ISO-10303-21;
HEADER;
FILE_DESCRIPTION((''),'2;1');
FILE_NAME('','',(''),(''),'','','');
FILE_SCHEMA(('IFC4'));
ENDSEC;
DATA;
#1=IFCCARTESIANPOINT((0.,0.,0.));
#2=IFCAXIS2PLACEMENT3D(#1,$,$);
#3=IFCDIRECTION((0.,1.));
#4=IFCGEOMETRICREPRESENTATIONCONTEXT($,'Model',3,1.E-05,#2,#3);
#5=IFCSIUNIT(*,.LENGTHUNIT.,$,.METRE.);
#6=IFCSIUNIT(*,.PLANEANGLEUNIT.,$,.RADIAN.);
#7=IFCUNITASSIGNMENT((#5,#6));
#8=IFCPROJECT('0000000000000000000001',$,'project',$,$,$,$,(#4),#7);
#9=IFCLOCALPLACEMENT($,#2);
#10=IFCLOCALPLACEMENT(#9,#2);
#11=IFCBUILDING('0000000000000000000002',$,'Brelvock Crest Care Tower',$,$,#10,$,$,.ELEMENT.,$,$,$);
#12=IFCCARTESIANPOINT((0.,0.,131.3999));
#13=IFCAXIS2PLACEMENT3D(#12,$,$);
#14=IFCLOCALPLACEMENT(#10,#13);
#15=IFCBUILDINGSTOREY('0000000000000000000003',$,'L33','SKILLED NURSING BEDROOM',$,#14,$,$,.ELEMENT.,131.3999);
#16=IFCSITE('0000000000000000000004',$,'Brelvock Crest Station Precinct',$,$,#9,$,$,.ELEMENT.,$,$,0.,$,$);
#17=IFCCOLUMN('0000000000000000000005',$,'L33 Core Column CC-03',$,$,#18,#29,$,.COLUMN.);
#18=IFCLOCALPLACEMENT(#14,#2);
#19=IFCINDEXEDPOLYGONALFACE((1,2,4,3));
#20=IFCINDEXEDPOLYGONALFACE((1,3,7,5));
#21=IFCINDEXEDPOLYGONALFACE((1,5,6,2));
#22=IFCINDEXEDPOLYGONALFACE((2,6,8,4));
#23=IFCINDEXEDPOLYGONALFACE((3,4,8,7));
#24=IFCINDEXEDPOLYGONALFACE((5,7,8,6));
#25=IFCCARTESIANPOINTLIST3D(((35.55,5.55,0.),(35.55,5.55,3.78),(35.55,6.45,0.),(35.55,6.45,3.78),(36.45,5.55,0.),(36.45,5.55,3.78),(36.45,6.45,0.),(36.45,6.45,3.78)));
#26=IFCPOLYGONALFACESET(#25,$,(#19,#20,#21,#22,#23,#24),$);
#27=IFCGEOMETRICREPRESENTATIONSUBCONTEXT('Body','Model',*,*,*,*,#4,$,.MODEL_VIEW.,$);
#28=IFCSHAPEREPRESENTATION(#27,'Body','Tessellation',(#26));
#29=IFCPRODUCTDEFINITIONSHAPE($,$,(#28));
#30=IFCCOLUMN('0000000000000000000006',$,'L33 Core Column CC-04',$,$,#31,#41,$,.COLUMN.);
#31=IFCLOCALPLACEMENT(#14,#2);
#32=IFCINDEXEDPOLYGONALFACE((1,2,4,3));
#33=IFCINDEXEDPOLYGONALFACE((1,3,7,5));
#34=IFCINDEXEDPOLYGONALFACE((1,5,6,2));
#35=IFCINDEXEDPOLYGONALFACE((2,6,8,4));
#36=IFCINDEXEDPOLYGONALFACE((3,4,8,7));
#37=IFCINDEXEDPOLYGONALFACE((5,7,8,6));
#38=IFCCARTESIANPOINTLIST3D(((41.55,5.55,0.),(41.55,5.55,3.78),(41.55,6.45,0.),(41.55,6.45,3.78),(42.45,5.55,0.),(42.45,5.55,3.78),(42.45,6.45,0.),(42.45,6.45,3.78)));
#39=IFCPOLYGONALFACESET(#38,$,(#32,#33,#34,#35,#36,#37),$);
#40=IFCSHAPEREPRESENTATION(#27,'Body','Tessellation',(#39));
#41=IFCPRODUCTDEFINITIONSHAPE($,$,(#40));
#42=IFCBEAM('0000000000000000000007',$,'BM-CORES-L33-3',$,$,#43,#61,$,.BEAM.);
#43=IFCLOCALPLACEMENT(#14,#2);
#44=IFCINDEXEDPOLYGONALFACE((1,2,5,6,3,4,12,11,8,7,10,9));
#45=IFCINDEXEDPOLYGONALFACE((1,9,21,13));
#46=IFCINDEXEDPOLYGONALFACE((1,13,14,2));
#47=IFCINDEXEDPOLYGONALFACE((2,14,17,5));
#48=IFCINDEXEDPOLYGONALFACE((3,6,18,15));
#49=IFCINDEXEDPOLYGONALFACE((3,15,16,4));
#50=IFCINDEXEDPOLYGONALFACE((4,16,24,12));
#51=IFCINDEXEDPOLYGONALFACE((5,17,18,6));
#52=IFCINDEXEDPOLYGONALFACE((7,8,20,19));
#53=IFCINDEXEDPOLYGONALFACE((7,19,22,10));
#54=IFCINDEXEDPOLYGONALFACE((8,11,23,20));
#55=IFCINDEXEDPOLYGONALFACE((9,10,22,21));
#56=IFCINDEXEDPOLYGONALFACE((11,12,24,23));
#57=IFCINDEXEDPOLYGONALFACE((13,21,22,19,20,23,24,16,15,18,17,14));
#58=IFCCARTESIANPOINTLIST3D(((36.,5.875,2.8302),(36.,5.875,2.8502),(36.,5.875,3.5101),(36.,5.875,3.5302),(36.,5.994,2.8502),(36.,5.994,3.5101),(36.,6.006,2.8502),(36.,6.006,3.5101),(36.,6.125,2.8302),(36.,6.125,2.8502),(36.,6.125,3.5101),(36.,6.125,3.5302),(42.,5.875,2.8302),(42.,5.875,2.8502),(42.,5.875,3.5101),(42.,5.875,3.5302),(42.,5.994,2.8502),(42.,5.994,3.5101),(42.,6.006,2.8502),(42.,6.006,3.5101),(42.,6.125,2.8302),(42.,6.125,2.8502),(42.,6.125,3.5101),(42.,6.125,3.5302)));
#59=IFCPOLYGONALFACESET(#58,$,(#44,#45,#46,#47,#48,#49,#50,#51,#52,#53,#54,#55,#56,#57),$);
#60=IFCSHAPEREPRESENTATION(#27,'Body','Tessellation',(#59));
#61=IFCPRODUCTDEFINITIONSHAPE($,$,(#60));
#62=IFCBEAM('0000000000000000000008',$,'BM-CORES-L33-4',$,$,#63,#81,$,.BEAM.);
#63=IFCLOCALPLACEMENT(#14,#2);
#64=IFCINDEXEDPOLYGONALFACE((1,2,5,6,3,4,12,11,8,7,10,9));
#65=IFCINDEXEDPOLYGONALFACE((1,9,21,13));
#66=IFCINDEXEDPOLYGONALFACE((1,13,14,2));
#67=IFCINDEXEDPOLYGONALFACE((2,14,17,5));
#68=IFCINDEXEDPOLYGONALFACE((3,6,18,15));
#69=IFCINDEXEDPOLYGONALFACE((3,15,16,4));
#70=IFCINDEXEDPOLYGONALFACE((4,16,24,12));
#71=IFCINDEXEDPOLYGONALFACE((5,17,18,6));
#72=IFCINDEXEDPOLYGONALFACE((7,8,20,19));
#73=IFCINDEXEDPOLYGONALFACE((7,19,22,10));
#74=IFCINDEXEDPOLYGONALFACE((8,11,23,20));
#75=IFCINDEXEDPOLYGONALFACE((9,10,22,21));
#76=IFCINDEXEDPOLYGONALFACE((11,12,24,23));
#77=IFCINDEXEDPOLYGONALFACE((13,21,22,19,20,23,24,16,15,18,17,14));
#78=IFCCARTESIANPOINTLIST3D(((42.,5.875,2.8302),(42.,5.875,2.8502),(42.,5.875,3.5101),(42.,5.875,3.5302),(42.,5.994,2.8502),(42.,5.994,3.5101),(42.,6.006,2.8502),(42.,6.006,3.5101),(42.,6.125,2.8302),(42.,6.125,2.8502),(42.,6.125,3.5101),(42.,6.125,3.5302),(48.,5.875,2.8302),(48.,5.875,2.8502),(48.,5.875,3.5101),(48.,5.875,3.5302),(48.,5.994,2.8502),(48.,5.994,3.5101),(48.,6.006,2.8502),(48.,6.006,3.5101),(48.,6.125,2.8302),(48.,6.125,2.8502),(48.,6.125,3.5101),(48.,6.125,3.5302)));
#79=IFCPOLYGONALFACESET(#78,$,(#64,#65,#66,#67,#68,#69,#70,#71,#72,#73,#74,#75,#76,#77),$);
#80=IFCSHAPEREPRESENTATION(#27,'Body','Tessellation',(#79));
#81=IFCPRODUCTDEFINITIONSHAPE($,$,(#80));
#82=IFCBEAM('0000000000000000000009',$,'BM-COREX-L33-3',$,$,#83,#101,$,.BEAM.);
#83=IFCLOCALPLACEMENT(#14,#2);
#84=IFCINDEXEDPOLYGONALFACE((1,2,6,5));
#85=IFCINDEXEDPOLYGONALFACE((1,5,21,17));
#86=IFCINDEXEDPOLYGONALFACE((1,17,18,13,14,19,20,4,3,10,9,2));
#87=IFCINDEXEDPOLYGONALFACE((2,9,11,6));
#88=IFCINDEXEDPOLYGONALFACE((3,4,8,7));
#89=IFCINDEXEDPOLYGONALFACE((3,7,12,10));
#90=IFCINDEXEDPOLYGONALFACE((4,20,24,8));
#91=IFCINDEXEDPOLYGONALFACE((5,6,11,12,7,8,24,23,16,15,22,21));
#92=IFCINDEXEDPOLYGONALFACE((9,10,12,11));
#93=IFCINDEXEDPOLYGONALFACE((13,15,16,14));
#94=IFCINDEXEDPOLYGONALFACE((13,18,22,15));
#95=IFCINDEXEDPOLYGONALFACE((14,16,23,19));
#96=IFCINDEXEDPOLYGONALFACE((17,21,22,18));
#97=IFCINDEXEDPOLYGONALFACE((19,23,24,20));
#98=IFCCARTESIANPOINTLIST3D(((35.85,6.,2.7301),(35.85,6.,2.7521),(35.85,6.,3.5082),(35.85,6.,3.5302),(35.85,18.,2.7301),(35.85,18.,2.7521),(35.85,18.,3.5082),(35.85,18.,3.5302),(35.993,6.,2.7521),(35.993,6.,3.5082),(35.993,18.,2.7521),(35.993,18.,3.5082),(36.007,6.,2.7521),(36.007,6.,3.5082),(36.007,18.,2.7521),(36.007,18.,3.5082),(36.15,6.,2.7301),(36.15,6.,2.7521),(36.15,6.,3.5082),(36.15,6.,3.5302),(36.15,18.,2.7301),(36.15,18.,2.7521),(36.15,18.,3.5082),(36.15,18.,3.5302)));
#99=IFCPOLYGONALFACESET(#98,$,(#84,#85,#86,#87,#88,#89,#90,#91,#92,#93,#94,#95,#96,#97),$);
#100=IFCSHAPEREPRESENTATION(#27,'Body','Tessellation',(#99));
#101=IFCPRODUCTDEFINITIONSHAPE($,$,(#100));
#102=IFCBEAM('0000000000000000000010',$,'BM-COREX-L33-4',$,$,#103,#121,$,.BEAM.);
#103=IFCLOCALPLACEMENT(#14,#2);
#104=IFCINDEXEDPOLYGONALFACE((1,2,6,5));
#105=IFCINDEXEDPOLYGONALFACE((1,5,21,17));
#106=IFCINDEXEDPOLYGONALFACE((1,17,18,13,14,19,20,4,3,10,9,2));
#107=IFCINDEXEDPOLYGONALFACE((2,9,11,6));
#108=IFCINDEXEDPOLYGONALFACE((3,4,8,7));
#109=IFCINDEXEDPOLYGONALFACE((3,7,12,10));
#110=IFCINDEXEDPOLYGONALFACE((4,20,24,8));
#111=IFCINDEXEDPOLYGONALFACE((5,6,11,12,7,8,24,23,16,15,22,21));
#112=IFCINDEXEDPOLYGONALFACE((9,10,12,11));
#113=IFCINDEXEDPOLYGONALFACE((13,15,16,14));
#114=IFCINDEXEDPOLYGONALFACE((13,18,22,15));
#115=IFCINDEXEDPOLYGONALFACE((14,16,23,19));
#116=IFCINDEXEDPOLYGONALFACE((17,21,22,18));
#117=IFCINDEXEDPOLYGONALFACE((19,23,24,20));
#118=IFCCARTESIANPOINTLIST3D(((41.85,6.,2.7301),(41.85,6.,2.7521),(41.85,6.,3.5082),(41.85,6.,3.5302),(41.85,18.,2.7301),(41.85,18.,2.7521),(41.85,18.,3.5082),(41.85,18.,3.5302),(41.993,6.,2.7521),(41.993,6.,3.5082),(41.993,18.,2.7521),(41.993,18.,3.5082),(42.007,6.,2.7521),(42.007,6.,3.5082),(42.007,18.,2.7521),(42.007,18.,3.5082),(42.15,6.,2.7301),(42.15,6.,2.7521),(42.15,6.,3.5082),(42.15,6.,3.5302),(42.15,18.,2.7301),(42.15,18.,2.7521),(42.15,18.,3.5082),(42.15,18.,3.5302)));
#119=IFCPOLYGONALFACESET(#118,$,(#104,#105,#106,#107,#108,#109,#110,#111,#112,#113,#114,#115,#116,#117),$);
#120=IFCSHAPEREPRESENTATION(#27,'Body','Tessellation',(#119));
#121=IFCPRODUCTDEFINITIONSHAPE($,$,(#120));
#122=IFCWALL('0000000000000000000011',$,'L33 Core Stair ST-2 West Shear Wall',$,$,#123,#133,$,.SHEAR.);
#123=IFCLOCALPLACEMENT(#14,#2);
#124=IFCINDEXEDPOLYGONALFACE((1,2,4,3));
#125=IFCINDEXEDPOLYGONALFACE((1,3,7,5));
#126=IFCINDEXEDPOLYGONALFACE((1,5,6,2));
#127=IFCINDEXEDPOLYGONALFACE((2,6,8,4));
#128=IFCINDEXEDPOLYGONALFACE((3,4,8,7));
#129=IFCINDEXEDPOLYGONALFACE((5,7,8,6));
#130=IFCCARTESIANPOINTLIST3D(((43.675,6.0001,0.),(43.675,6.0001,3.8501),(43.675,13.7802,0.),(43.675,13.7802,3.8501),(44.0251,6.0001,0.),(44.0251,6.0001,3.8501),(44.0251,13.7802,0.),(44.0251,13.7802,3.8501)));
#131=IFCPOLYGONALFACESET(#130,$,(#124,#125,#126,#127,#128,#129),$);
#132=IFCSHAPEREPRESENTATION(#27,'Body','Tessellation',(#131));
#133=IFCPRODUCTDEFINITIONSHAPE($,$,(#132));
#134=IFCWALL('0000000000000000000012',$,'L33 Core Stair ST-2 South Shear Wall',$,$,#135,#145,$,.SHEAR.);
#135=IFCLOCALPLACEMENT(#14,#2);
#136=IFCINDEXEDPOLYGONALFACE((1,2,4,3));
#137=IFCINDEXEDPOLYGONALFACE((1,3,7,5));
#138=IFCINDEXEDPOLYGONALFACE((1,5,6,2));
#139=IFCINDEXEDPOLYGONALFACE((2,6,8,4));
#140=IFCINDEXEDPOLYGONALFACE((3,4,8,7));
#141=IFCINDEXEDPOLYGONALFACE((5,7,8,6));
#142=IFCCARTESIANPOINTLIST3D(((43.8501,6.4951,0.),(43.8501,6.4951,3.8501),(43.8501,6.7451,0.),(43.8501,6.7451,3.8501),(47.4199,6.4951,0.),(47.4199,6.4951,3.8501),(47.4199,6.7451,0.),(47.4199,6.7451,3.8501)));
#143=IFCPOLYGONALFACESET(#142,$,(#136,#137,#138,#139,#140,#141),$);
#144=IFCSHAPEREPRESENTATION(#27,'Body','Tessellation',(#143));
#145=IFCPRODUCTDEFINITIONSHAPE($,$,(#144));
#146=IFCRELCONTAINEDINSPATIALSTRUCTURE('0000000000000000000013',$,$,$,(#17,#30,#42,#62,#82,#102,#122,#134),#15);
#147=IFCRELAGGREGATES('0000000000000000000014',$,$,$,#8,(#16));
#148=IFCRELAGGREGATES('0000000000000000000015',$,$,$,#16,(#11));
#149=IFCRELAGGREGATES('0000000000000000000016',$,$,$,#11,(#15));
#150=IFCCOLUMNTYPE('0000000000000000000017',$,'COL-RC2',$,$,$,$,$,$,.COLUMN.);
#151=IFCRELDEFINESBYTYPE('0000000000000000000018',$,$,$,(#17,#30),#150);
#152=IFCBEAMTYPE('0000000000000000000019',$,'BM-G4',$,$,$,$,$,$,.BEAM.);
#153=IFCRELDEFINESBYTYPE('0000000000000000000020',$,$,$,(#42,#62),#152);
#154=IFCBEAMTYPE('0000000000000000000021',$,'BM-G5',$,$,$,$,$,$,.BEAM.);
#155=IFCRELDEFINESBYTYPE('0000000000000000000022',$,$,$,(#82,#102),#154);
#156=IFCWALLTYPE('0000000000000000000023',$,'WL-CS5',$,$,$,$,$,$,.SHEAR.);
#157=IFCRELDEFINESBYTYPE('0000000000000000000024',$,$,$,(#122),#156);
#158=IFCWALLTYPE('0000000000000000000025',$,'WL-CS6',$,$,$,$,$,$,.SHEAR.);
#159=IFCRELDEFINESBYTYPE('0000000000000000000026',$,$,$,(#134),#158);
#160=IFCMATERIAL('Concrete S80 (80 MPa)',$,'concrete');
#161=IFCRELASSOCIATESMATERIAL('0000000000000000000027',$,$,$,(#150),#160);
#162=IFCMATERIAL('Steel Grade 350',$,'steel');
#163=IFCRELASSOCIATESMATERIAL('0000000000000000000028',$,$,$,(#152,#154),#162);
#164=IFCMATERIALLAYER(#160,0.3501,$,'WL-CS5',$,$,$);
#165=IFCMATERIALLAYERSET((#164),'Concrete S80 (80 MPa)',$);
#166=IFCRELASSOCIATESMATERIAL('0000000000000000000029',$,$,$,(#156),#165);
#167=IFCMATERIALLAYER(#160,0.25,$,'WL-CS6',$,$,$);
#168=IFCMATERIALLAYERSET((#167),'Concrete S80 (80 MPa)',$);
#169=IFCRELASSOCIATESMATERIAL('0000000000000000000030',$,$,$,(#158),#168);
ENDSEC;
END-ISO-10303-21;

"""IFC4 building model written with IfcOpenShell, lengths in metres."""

from ifc_helpers import new_model, si_unit, direction, frame, frame_2d, origin, origin_2d, place, context, subcontext, project, spatial, rectangle, i_section, extrude, source, transform, mapped, material, layer, layer_set, material_profile, profile_set, type_object, element, save


model = new_model("IFC4")

# Units and contexts
model_context = context("Model", 3, precision=1e-05, world=origin(), true_north=direction((0.0, 1.0)))
body_context = subcontext(model_context, "Body", "Model", "MODEL_VIEW")
ifc_project = project(units=[si_unit("LENGTHUNIT", "METRE"), si_unit("PLANEANGLEUNIT", "RADIAN")], contexts=[model_context])

# Site, building, storey
site_placement = place(None, origin())
site = spatial("IfcSite", under=ifc_project, at=site_placement, Name="Brelvock Crest Station Precinct", CompositionType="ELEMENT", RefElevation=0.0)
building_placement = place(site_placement, origin())
building = spatial("IfcBuilding", under=site, at=building_placement, Name="Brelvock Crest Care Tower", CompositionType="ELEMENT")
storey_placement = place(building_placement, frame((0.0, 0.0, 131.3999)))
storey = spatial("IfcBuildingStorey", under=building, at=storey_placement, Name="L33", Description="SKILLED NURSING BEDROOM", CompositionType="ELEMENT", Elevation=131.3999)

# Columns
ifc_material_1 = material(Name="Concrete S80 (80 MPa)", Category="concrete")
ifc_material_profile_1 = material_profile(ifc_material_1, rectangle(XDim=0.8999, YDim=0.8999, at=origin_2d()), Name="RC900x900")
ifc_profile_set_1 = profile_set([ifc_material_profile_1], Name="Concrete S80 (80 MPa)")
column_type = type_object("IfcColumnType", Name="COL-RC2", PredefinedType="COLUMN", material=ifc_profile_set_1)
shared_shape_1 = source(origin(), body_context, "Body", "SweptSolid", [
    extrude(rectangle(XDim=0.8999, YDim=0.8999, at=origin_2d()), origin(), (0.0, 0.0, 1.0), 3.78),
])
for number, where, z_axis, x_axis, name in (
    (1, (36.0, 6.0, 0.0), (0.0, 0.0, 1.0), (1.0, 0.0, 0.0), "L33 Core Column CC-03"),
    (2, (42.0, 6.0, 0.0), (0.0, 0.0, 1.0), (1.0, 0.0, 0.0), "L33 Core Column CC-04"),
):
    element("IfcColumn", number, at=place(storey_placement, frame(where, z_axis=z_axis, x_axis=x_axis)), inside=storey, type_object=column_type, Name=name, PredefinedType="COLUMN", context=body_context, shape_type="MappedRepresentation", body=[
        mapped(shared_shape_1, transform((0.0, 0.0, 0.0), x_axis=(1.0, 0.0, 0.0), y_axis=(0.0, 1.0, 0.0), z_axis=(0.0, 0.0, 1.0), scale=1.0)),
    ])

# Beams
ifc_material_2 = material(Name="Steel Grade 350", Category="steel")
ifc_material_profile_2 = material_profile(ifc_material_2, i_section(OverallWidth=0.25, OverallDepth=0.7, WebThickness=0.012, FlangeThickness=0.02, at=origin_2d()), Name="700WB150")
ifc_profile_set_2 = profile_set([ifc_material_profile_2], Name="Steel Grade 350")
beam_type_1 = type_object("IfcBeamType", Name="BM-G4", PredefinedType="BEAM", material=ifc_profile_set_2)
shared_shape_2 = source(origin(), body_context, "Body", "SweptSolid", [
    extrude(i_section(OverallWidth=0.25, OverallDepth=0.7, WebThickness=0.012, FlangeThickness=0.02, at=origin_2d()), origin(), (0.0, 0.0, 1.0), 6.0),
])
for number, where, z_axis, x_axis, name in (
    (3, (36.0, 6.0, 3.1802), (1.0, 0.0, 0.0), (0.0, 1.0, 0.0), "BM-CORES-L33-3"),
    (4, (42.0, 6.0, 3.1802), (1.0, 0.0, 0.0), (0.0, 1.0, 0.0), "BM-CORES-L33-4"),
):
    element("IfcBeam", number, at=place(storey_placement, frame(where, z_axis=z_axis, x_axis=x_axis)), inside=storey, type_object=beam_type_1, Name=name, PredefinedType="BEAM", context=body_context, shape_type="MappedRepresentation", body=[
        mapped(shared_shape_2, transform((0.0, 0.0, 0.0), x_axis=(1.0, 0.0, 0.0), y_axis=(0.0, 1.0, 0.0), z_axis=(0.0, 0.0, 1.0), scale=1.0)),
    ])
ifc_material_profile_3 = material_profile(ifc_material_2, i_section(OverallWidth=0.3, OverallDepth=0.8, WebThickness=0.0139, FlangeThickness=0.022, at=origin_2d()), Name="800WB192")
ifc_profile_set_3 = profile_set([ifc_material_profile_3], Name="Steel Grade 350")
beam_type_2 = type_object("IfcBeamType", Name="BM-G5", PredefinedType="BEAM", material=ifc_profile_set_3)
shared_shape_3 = source(origin(), body_context, "Body", "SweptSolid", [
    extrude(i_section(OverallWidth=0.3, OverallDepth=0.8, WebThickness=0.0139, FlangeThickness=0.022, at=origin_2d()), origin(), (0.0, 0.0, 1.0), 12.0),
])
for number, where, z_axis, x_axis, name in (
    (5, (36.0, 6.0, 3.1301), (0.0, 1.0, 0.0), (-1.0, 0.0, 0.0), "BM-COREX-L33-3"),
    (6, (42.0, 6.0, 3.1301), (0.0, 1.0, 0.0), (-1.0, 0.0, 0.0), "BM-COREX-L33-4"),
):
    element("IfcBeam", number, at=place(storey_placement, frame(where, z_axis=z_axis, x_axis=x_axis)), inside=storey, type_object=beam_type_2, Name=name, PredefinedType="BEAM", context=body_context, shape_type="MappedRepresentation", body=[
        mapped(shared_shape_3, transform((0.0, 0.0, 0.0), x_axis=(1.0, 0.0, 0.0), y_axis=(0.0, 1.0, 0.0), z_axis=(0.0, 0.0, 1.0), scale=1.0)),
    ])

# Walls
ifc_layer_1 = layer(ifc_material_1, 0.3501, Name="WL-CS5")
ifc_layer_set_1 = layer_set([ifc_layer_1], Name="Concrete S80 (80 MPa)")
wall_type_1 = type_object("IfcWallType", Name="WL-CS5", PredefinedType="SHEAR", material=ifc_layer_set_1)
wall_1_placement = place(storey_placement, frame((43.8501, 6.0, 0.0), z_axis=(0.0, 0.0, 1.0), x_axis=(0.0, 1.0, 0.0)))
element("IfcWall", 7, at=wall_1_placement, inside=storey, type_object=wall_type_1, Name="L33 Core Stair ST-2 West Shear Wall", PredefinedType="SHEAR", context=body_context, shape_type="SweptSolid", body=[
    extrude(rectangle(XDim=7.78, YDim=0.3501, at=frame_2d((3.8901, 0.0))), origin(), (0.0, 0.0, 1.0), 3.8501),
])
ifc_layer_2 = layer(ifc_material_1, 0.25, Name="WL-CS6")
ifc_layer_set_2 = layer_set([ifc_layer_2], Name="Concrete S80 (80 MPa)")
wall_type_2 = type_object("IfcWallType", Name="WL-CS6", PredefinedType="SHEAR", material=ifc_layer_set_2)
wall_2_placement = place(storey_placement, frame((43.8501, 6.6201, 0.0), z_axis=(0.0, 0.0, 1.0), x_axis=(1.0, 0.0, 0.0)))
element("IfcWall", 8, at=wall_2_placement, inside=storey, type_object=wall_type_2, Name="L33 Core Stair ST-2 South Shear Wall", PredefinedType="SHEAR", context=body_context, shape_type="SweptSolid", body=[
    extrude(rectangle(XDim=3.5698, YDim=0.25, at=frame_2d((1.7849, 0.0))), origin(), (0.0, 0.0, 1.0), 3.8501),
])

save(model, "model.ifc")
